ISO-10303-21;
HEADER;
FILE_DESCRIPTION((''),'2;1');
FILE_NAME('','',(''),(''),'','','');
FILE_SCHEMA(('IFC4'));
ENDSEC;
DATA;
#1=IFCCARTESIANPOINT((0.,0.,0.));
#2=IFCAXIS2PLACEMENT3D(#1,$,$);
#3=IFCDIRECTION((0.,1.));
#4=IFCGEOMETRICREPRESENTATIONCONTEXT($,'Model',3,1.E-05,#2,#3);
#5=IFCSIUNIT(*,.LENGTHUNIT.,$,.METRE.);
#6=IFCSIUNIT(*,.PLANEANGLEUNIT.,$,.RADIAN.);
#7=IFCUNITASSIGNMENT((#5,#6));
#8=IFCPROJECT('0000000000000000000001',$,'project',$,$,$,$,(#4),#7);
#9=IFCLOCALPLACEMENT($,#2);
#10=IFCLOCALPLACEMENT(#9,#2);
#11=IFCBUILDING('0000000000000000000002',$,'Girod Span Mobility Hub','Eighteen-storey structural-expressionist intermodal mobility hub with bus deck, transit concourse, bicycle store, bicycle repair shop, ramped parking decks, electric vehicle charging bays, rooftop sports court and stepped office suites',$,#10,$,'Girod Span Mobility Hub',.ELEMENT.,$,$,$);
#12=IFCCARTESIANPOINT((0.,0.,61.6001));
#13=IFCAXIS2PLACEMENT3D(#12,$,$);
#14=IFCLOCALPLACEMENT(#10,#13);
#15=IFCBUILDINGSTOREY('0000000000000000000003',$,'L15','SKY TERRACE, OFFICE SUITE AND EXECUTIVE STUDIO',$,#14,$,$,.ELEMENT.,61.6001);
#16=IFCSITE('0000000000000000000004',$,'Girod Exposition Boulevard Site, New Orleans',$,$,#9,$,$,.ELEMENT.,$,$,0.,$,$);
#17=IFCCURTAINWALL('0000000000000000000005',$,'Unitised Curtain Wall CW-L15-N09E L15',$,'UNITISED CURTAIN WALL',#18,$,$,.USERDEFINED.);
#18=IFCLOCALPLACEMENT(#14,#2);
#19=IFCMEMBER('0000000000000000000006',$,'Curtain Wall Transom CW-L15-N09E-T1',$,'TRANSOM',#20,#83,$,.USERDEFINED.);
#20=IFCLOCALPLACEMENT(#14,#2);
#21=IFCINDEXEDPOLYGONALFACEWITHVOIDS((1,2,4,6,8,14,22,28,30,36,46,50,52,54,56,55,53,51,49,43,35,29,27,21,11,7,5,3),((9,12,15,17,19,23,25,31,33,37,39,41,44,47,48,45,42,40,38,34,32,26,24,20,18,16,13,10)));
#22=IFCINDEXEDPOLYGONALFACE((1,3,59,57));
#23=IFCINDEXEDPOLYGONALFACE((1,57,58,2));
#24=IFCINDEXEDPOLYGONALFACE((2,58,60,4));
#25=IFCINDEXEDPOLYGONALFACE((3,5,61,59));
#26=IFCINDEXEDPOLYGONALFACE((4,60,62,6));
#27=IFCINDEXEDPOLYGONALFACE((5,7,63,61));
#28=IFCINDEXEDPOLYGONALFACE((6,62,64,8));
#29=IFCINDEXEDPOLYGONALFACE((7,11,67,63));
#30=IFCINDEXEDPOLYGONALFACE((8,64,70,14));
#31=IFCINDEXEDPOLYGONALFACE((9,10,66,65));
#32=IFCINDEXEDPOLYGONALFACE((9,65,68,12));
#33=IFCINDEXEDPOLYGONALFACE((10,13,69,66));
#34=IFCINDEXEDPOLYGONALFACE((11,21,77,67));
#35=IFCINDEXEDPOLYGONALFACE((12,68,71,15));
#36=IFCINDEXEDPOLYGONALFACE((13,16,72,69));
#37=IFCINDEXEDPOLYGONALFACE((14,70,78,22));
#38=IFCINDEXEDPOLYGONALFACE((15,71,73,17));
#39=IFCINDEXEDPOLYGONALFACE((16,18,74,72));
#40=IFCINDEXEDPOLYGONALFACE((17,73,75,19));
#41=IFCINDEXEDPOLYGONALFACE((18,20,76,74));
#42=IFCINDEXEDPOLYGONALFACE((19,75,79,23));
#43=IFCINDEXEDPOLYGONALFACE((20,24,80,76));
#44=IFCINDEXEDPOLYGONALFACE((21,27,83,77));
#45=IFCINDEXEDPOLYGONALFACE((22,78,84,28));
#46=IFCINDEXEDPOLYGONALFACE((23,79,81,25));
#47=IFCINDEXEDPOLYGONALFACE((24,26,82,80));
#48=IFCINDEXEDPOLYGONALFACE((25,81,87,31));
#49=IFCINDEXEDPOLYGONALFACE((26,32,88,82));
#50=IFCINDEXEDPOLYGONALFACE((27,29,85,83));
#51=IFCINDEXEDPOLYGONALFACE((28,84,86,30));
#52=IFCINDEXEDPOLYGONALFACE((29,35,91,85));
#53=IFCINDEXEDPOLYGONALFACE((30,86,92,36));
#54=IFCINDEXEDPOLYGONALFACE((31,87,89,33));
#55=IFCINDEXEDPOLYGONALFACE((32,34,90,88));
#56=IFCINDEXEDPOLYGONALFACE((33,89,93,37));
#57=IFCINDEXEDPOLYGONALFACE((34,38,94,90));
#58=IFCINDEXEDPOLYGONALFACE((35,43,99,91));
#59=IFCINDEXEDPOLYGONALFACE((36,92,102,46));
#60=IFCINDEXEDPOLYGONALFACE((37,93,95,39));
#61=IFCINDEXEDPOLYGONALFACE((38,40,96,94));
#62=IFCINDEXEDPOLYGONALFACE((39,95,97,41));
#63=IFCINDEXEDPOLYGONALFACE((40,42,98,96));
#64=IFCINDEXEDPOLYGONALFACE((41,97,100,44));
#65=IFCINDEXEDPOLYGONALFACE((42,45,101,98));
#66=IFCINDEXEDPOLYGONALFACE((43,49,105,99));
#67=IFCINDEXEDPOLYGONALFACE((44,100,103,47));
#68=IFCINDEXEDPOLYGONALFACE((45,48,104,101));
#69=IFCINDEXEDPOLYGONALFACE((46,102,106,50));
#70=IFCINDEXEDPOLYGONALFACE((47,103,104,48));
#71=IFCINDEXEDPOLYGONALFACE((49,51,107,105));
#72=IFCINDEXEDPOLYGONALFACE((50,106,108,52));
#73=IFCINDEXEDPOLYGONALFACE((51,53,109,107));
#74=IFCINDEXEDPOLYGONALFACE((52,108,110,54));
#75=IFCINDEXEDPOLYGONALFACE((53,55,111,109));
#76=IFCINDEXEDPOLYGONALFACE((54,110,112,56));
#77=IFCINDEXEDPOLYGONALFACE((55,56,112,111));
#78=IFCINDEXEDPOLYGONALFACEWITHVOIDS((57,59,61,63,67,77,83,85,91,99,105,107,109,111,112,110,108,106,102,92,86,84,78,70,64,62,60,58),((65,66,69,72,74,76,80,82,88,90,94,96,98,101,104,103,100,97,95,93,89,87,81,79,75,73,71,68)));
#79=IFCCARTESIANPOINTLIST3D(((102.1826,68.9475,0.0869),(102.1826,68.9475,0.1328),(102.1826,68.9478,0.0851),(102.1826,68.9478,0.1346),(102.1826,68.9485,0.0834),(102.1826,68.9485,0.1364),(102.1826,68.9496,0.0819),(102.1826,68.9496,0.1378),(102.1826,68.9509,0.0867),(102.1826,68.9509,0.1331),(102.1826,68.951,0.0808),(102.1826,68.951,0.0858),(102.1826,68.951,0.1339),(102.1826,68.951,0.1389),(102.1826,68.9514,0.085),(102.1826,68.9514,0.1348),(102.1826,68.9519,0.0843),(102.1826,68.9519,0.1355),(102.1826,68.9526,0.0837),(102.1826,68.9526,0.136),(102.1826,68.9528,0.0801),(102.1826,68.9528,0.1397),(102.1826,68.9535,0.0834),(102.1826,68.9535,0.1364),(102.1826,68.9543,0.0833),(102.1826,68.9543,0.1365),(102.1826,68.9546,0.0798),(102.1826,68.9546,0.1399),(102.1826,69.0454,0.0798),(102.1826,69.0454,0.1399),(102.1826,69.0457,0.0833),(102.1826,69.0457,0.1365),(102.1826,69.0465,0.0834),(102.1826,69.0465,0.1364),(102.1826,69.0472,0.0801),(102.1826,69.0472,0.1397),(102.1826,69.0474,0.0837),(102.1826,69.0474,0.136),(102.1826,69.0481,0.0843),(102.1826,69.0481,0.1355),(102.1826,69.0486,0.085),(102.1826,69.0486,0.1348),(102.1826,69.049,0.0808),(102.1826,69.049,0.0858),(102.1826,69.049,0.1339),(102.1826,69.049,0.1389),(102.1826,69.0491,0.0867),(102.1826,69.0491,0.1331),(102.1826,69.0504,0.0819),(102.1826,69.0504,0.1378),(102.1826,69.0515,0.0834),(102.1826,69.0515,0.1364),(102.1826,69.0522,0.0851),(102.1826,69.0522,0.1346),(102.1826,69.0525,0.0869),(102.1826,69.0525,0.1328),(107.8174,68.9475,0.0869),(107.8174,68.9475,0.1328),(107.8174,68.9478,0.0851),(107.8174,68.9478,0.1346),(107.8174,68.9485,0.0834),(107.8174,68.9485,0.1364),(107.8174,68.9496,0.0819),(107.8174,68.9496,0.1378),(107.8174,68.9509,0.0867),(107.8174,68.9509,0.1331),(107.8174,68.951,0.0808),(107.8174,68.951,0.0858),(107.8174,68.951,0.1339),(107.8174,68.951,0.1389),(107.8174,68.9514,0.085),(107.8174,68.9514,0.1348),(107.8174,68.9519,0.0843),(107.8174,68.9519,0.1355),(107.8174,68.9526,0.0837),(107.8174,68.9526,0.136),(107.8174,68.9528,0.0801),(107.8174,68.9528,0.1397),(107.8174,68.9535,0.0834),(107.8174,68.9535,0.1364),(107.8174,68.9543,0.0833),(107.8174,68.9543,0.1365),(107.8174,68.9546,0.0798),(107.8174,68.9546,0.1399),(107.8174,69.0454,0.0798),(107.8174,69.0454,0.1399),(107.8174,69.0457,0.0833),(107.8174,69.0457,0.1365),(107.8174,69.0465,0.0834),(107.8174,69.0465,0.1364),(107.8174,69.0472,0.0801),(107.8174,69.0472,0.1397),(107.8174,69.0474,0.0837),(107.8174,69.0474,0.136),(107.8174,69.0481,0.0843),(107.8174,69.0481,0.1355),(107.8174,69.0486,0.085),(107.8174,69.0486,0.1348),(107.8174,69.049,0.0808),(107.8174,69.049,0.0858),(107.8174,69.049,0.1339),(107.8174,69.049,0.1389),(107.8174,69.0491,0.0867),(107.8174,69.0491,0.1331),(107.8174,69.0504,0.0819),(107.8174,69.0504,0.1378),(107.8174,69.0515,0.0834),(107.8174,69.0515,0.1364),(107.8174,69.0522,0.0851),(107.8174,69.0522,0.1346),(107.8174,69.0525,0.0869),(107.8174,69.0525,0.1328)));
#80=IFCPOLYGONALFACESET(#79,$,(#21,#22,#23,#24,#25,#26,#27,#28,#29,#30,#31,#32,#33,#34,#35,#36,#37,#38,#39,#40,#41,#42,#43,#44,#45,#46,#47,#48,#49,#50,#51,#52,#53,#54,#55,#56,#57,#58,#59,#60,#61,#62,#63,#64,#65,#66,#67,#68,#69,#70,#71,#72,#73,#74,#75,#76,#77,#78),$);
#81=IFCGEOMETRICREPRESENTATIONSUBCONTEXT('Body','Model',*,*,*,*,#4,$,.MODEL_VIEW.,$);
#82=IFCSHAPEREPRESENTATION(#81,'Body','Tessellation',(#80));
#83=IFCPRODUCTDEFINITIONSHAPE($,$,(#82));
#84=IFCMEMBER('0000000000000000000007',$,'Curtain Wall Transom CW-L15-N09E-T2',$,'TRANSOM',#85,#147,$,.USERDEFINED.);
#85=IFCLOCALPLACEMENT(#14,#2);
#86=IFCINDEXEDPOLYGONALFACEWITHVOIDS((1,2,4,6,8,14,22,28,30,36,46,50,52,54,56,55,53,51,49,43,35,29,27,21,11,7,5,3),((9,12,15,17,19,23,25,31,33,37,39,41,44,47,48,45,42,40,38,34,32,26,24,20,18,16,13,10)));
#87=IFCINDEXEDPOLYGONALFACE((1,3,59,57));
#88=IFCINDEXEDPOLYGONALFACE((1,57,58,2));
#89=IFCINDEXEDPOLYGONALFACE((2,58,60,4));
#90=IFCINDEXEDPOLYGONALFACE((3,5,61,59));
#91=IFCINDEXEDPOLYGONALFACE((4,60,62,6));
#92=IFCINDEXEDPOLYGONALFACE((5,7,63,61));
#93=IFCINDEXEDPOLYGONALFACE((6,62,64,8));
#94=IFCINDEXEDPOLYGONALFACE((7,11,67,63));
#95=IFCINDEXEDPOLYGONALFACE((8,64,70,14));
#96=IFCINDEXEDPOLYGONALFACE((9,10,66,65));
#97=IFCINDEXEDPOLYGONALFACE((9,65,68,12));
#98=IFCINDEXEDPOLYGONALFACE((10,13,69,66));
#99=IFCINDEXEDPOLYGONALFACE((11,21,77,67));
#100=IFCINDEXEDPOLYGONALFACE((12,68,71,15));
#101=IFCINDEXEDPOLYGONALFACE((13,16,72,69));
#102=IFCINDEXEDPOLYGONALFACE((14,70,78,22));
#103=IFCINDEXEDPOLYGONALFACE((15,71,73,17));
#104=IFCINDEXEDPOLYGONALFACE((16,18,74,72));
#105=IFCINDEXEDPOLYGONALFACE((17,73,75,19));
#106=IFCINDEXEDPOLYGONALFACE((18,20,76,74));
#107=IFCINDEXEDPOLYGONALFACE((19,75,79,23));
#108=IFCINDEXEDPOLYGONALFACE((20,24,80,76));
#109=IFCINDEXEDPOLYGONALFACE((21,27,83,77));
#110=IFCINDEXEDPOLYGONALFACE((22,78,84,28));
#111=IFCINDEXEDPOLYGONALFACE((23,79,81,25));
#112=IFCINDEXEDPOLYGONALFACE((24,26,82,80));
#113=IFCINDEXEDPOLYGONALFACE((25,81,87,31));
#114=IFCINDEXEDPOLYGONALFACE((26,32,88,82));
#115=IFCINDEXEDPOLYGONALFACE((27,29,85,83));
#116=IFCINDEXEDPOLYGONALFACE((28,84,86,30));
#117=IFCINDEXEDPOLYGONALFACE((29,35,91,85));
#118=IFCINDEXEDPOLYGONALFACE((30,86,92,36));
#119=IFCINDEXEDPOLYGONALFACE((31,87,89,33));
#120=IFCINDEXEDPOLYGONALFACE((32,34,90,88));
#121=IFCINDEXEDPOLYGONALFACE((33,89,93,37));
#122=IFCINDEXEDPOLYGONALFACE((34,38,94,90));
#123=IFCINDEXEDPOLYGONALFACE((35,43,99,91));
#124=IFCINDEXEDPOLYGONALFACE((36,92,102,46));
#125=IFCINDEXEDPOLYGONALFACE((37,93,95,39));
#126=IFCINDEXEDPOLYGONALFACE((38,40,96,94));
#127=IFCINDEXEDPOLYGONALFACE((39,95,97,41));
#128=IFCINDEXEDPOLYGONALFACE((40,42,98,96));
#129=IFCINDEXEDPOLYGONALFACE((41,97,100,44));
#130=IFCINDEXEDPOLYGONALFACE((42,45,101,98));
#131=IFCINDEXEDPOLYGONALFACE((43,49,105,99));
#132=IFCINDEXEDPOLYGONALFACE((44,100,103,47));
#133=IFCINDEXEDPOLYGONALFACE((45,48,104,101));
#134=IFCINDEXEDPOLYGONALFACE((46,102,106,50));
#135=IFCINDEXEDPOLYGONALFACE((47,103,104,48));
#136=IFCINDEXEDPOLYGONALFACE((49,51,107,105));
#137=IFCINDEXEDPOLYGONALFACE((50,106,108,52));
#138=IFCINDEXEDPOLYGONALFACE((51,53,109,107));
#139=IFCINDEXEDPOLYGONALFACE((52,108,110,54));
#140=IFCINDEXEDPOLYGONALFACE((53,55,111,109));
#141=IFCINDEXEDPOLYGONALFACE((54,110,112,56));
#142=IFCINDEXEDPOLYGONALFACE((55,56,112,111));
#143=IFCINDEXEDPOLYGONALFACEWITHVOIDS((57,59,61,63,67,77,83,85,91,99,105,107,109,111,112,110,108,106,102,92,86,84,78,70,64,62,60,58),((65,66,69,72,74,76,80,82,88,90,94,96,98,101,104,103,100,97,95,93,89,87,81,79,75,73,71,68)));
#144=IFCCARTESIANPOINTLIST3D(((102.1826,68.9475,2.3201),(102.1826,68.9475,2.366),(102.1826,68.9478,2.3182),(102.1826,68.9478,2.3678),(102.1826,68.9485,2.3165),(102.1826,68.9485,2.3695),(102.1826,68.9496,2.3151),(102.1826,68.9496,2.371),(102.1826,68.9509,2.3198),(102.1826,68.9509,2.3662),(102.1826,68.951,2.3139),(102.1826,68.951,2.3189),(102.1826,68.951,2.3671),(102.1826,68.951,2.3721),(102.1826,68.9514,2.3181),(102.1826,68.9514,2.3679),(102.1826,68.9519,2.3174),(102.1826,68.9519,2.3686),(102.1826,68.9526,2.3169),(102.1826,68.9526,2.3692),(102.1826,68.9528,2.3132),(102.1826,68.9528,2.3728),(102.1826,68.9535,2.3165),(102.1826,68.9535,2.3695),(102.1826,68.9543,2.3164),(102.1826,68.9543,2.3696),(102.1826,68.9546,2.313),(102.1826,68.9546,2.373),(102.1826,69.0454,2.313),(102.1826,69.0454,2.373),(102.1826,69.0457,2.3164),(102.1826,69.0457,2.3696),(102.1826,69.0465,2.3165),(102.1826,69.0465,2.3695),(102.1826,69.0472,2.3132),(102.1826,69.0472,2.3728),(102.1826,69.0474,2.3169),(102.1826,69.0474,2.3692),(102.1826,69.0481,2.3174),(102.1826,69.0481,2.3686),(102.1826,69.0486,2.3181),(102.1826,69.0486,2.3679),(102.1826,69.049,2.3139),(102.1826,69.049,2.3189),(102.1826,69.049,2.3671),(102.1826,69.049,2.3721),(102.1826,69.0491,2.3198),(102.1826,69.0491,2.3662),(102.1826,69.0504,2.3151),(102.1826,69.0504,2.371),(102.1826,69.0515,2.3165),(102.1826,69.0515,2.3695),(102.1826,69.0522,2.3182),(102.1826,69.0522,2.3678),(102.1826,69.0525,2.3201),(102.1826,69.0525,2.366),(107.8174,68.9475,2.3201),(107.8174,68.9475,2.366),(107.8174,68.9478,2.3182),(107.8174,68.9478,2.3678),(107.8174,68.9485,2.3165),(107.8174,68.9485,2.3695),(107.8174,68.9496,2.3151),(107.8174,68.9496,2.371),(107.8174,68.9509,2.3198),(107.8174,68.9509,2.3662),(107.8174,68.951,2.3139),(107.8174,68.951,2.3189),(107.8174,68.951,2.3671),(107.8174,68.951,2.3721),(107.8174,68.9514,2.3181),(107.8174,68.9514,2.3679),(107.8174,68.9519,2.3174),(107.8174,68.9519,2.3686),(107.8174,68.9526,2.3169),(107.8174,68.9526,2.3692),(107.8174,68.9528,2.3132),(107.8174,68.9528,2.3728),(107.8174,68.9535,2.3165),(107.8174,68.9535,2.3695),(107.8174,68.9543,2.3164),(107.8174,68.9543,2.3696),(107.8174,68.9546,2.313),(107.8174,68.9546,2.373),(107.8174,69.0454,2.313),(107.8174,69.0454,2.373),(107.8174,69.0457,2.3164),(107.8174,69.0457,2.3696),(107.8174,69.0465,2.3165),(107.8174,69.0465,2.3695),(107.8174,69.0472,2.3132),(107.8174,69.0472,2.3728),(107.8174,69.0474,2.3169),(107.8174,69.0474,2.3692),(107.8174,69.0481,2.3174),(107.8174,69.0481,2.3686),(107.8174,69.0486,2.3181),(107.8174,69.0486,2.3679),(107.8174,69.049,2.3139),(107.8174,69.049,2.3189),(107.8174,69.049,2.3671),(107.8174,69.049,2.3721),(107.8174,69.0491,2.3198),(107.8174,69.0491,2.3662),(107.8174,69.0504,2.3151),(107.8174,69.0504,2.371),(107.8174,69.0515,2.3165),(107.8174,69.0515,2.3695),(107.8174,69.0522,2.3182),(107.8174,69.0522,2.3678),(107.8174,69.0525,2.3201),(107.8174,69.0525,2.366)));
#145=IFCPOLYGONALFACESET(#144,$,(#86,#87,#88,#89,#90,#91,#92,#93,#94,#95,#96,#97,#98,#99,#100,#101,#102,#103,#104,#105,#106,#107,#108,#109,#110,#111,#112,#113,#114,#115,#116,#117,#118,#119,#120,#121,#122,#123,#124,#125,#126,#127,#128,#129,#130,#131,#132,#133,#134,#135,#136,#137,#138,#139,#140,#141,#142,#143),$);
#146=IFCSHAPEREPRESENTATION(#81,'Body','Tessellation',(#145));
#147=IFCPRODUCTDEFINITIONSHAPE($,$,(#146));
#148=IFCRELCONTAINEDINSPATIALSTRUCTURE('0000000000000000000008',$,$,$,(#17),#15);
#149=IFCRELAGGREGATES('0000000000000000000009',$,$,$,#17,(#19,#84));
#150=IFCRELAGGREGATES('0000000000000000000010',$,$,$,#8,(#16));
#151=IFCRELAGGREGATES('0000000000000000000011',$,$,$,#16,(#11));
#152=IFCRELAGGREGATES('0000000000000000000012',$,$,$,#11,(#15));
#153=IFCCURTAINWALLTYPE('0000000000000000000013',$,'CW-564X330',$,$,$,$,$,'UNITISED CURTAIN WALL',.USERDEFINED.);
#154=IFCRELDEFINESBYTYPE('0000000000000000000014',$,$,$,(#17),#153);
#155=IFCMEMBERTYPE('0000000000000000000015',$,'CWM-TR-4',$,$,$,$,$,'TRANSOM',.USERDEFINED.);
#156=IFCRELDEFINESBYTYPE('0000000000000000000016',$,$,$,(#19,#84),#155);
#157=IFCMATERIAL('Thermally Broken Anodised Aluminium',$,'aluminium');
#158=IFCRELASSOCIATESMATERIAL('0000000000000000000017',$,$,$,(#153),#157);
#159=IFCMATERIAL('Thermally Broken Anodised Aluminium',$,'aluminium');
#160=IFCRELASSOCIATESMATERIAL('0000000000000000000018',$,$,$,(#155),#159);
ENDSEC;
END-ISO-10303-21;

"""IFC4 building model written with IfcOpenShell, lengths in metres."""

from ifc_helpers import new_model, si_unit, direction, frame, origin, origin_2d, place, context, subcontext, project, spatial, hollow_rectangle, extrude, material, material_profile, profile_set, type_object, element, aggregate, save


model = new_model("IFC4")

# Units and contexts
model_context = context("Model", 3, precision=1e-05, world=origin(), true_north=direction((0.0, 1.0)))
body_context = subcontext(model_context, "Body", "Model", "MODEL_VIEW")
ifc_project = project(units=[si_unit("LENGTHUNIT", "METRE"), si_unit("PLANEANGLEUNIT", "RADIAN")], contexts=[model_context])

# Site, building, storey
site_placement = place(None, origin())
site = spatial("IfcSite", under=ifc_project, at=site_placement, Name="Girod Exposition Boulevard Site, New Orleans", CompositionType="ELEMENT", RefElevation=0.0)
building_placement = place(site_placement, origin())
building = spatial("IfcBuilding", under=site, at=building_placement, Name="Girod Span Mobility Hub", Description="Eighteen-storey structural-expressionist intermodal mobility hub with bus deck, transit concourse, bicycle store, bicycle repair shop, ramped parking decks, electric vehicle charging bays, rooftop sports court and stepped office suites", LongName="Girod Span Mobility Hub", CompositionType="ELEMENT")
storey_placement = place(building_placement, frame((0.0, 0.0, 61.6001)))
storey = spatial("IfcBuildingStorey", under=building, at=storey_placement, Name="L15", Description="SKY TERRACE, OFFICE SUITE AND EXECUTIVE STUDIO", CompositionType="ELEMENT", Elevation=61.6001)

# Curtain wall
ifc_material_1 = material(Name="Thermally Broken Anodised Aluminium", Category="aluminium")
curtain_wall_type = type_object("IfcCurtainWallType", Name="CW-564X330", ElementType="UNITISED CURTAIN WALL", PredefinedType="USERDEFINED", material=ifc_material_1)
curtain_wall_1_placement = place(storey_placement, origin())
curtain_wall_1 = element("IfcCurtainWall", 1, at=curtain_wall_1_placement, inside=storey, type_object=curtain_wall_type, Name="Unitised Curtain Wall CW-L15-N09E L15", ObjectType="UNITISED CURTAIN WALL", PredefinedType="USERDEFINED")

# Members
ifc_material_2 = material(Name="Thermally Broken Anodised Aluminium", Category="aluminium")
ifc_material_profile_1 = material_profile(ifc_material_2, hollow_rectangle(XDim=0.105, YDim=0.0601, WallThickness=0.0034, InnerFilletRadius=0.0034, OuterFilletRadius=0.0071, at=origin_2d()), Name="CW-TR-60X105")
ifc_profile_set_1 = profile_set([ifc_material_profile_1], Name="Thermally Broken Anodised Aluminium")
member_type_1 = type_object("IfcMemberType", Name="CWM-TR-4", ElementType="TRANSOM", PredefinedType="USERDEFINED", material=ifc_profile_set_1)
member_1_placement = place(storey_placement, frame((102.1826, 69.0, 0.1099), z_axis=(1.0, 0.0, 0.0), x_axis=(0.0, 1.0, 0.0)))
member_1 = element("IfcMember", 2, at=member_1_placement, type_object=member_type_1, Name="Curtain Wall Transom CW-L15-N09E-T1", ObjectType="TRANSOM", PredefinedType="USERDEFINED", context=body_context, shape_type="SweptSolid", body=[
    extrude(hollow_rectangle(XDim=0.105, YDim=0.0601, WallThickness=0.0034, InnerFilletRadius=0.0034, OuterFilletRadius=0.0071, at=origin_2d()), origin(), (0.0, 0.0, 1.0), 5.6348),
])
member_2_placement = place(storey_placement, frame((102.1826, 69.0, 2.343), z_axis=(1.0, 0.0, 0.0), x_axis=(0.0, 1.0, 0.0)))
member_2 = element("IfcMember", 3, at=member_2_placement, type_object=member_type_1, Name="Curtain Wall Transom CW-L15-N09E-T2", ObjectType="TRANSOM", PredefinedType="USERDEFINED", context=body_context, shape_type="SweptSolid", body=[
    extrude(hollow_rectangle(XDim=0.105, YDim=0.0601, WallThickness=0.0034, InnerFilletRadius=0.0034, OuterFilletRadius=0.0071, at=origin_2d()), origin(), (0.0, 0.0, 1.0), 5.6348),
])

aggregate(curtain_wall_1, [member_1, member_2])

save(model, "model.ifc")
